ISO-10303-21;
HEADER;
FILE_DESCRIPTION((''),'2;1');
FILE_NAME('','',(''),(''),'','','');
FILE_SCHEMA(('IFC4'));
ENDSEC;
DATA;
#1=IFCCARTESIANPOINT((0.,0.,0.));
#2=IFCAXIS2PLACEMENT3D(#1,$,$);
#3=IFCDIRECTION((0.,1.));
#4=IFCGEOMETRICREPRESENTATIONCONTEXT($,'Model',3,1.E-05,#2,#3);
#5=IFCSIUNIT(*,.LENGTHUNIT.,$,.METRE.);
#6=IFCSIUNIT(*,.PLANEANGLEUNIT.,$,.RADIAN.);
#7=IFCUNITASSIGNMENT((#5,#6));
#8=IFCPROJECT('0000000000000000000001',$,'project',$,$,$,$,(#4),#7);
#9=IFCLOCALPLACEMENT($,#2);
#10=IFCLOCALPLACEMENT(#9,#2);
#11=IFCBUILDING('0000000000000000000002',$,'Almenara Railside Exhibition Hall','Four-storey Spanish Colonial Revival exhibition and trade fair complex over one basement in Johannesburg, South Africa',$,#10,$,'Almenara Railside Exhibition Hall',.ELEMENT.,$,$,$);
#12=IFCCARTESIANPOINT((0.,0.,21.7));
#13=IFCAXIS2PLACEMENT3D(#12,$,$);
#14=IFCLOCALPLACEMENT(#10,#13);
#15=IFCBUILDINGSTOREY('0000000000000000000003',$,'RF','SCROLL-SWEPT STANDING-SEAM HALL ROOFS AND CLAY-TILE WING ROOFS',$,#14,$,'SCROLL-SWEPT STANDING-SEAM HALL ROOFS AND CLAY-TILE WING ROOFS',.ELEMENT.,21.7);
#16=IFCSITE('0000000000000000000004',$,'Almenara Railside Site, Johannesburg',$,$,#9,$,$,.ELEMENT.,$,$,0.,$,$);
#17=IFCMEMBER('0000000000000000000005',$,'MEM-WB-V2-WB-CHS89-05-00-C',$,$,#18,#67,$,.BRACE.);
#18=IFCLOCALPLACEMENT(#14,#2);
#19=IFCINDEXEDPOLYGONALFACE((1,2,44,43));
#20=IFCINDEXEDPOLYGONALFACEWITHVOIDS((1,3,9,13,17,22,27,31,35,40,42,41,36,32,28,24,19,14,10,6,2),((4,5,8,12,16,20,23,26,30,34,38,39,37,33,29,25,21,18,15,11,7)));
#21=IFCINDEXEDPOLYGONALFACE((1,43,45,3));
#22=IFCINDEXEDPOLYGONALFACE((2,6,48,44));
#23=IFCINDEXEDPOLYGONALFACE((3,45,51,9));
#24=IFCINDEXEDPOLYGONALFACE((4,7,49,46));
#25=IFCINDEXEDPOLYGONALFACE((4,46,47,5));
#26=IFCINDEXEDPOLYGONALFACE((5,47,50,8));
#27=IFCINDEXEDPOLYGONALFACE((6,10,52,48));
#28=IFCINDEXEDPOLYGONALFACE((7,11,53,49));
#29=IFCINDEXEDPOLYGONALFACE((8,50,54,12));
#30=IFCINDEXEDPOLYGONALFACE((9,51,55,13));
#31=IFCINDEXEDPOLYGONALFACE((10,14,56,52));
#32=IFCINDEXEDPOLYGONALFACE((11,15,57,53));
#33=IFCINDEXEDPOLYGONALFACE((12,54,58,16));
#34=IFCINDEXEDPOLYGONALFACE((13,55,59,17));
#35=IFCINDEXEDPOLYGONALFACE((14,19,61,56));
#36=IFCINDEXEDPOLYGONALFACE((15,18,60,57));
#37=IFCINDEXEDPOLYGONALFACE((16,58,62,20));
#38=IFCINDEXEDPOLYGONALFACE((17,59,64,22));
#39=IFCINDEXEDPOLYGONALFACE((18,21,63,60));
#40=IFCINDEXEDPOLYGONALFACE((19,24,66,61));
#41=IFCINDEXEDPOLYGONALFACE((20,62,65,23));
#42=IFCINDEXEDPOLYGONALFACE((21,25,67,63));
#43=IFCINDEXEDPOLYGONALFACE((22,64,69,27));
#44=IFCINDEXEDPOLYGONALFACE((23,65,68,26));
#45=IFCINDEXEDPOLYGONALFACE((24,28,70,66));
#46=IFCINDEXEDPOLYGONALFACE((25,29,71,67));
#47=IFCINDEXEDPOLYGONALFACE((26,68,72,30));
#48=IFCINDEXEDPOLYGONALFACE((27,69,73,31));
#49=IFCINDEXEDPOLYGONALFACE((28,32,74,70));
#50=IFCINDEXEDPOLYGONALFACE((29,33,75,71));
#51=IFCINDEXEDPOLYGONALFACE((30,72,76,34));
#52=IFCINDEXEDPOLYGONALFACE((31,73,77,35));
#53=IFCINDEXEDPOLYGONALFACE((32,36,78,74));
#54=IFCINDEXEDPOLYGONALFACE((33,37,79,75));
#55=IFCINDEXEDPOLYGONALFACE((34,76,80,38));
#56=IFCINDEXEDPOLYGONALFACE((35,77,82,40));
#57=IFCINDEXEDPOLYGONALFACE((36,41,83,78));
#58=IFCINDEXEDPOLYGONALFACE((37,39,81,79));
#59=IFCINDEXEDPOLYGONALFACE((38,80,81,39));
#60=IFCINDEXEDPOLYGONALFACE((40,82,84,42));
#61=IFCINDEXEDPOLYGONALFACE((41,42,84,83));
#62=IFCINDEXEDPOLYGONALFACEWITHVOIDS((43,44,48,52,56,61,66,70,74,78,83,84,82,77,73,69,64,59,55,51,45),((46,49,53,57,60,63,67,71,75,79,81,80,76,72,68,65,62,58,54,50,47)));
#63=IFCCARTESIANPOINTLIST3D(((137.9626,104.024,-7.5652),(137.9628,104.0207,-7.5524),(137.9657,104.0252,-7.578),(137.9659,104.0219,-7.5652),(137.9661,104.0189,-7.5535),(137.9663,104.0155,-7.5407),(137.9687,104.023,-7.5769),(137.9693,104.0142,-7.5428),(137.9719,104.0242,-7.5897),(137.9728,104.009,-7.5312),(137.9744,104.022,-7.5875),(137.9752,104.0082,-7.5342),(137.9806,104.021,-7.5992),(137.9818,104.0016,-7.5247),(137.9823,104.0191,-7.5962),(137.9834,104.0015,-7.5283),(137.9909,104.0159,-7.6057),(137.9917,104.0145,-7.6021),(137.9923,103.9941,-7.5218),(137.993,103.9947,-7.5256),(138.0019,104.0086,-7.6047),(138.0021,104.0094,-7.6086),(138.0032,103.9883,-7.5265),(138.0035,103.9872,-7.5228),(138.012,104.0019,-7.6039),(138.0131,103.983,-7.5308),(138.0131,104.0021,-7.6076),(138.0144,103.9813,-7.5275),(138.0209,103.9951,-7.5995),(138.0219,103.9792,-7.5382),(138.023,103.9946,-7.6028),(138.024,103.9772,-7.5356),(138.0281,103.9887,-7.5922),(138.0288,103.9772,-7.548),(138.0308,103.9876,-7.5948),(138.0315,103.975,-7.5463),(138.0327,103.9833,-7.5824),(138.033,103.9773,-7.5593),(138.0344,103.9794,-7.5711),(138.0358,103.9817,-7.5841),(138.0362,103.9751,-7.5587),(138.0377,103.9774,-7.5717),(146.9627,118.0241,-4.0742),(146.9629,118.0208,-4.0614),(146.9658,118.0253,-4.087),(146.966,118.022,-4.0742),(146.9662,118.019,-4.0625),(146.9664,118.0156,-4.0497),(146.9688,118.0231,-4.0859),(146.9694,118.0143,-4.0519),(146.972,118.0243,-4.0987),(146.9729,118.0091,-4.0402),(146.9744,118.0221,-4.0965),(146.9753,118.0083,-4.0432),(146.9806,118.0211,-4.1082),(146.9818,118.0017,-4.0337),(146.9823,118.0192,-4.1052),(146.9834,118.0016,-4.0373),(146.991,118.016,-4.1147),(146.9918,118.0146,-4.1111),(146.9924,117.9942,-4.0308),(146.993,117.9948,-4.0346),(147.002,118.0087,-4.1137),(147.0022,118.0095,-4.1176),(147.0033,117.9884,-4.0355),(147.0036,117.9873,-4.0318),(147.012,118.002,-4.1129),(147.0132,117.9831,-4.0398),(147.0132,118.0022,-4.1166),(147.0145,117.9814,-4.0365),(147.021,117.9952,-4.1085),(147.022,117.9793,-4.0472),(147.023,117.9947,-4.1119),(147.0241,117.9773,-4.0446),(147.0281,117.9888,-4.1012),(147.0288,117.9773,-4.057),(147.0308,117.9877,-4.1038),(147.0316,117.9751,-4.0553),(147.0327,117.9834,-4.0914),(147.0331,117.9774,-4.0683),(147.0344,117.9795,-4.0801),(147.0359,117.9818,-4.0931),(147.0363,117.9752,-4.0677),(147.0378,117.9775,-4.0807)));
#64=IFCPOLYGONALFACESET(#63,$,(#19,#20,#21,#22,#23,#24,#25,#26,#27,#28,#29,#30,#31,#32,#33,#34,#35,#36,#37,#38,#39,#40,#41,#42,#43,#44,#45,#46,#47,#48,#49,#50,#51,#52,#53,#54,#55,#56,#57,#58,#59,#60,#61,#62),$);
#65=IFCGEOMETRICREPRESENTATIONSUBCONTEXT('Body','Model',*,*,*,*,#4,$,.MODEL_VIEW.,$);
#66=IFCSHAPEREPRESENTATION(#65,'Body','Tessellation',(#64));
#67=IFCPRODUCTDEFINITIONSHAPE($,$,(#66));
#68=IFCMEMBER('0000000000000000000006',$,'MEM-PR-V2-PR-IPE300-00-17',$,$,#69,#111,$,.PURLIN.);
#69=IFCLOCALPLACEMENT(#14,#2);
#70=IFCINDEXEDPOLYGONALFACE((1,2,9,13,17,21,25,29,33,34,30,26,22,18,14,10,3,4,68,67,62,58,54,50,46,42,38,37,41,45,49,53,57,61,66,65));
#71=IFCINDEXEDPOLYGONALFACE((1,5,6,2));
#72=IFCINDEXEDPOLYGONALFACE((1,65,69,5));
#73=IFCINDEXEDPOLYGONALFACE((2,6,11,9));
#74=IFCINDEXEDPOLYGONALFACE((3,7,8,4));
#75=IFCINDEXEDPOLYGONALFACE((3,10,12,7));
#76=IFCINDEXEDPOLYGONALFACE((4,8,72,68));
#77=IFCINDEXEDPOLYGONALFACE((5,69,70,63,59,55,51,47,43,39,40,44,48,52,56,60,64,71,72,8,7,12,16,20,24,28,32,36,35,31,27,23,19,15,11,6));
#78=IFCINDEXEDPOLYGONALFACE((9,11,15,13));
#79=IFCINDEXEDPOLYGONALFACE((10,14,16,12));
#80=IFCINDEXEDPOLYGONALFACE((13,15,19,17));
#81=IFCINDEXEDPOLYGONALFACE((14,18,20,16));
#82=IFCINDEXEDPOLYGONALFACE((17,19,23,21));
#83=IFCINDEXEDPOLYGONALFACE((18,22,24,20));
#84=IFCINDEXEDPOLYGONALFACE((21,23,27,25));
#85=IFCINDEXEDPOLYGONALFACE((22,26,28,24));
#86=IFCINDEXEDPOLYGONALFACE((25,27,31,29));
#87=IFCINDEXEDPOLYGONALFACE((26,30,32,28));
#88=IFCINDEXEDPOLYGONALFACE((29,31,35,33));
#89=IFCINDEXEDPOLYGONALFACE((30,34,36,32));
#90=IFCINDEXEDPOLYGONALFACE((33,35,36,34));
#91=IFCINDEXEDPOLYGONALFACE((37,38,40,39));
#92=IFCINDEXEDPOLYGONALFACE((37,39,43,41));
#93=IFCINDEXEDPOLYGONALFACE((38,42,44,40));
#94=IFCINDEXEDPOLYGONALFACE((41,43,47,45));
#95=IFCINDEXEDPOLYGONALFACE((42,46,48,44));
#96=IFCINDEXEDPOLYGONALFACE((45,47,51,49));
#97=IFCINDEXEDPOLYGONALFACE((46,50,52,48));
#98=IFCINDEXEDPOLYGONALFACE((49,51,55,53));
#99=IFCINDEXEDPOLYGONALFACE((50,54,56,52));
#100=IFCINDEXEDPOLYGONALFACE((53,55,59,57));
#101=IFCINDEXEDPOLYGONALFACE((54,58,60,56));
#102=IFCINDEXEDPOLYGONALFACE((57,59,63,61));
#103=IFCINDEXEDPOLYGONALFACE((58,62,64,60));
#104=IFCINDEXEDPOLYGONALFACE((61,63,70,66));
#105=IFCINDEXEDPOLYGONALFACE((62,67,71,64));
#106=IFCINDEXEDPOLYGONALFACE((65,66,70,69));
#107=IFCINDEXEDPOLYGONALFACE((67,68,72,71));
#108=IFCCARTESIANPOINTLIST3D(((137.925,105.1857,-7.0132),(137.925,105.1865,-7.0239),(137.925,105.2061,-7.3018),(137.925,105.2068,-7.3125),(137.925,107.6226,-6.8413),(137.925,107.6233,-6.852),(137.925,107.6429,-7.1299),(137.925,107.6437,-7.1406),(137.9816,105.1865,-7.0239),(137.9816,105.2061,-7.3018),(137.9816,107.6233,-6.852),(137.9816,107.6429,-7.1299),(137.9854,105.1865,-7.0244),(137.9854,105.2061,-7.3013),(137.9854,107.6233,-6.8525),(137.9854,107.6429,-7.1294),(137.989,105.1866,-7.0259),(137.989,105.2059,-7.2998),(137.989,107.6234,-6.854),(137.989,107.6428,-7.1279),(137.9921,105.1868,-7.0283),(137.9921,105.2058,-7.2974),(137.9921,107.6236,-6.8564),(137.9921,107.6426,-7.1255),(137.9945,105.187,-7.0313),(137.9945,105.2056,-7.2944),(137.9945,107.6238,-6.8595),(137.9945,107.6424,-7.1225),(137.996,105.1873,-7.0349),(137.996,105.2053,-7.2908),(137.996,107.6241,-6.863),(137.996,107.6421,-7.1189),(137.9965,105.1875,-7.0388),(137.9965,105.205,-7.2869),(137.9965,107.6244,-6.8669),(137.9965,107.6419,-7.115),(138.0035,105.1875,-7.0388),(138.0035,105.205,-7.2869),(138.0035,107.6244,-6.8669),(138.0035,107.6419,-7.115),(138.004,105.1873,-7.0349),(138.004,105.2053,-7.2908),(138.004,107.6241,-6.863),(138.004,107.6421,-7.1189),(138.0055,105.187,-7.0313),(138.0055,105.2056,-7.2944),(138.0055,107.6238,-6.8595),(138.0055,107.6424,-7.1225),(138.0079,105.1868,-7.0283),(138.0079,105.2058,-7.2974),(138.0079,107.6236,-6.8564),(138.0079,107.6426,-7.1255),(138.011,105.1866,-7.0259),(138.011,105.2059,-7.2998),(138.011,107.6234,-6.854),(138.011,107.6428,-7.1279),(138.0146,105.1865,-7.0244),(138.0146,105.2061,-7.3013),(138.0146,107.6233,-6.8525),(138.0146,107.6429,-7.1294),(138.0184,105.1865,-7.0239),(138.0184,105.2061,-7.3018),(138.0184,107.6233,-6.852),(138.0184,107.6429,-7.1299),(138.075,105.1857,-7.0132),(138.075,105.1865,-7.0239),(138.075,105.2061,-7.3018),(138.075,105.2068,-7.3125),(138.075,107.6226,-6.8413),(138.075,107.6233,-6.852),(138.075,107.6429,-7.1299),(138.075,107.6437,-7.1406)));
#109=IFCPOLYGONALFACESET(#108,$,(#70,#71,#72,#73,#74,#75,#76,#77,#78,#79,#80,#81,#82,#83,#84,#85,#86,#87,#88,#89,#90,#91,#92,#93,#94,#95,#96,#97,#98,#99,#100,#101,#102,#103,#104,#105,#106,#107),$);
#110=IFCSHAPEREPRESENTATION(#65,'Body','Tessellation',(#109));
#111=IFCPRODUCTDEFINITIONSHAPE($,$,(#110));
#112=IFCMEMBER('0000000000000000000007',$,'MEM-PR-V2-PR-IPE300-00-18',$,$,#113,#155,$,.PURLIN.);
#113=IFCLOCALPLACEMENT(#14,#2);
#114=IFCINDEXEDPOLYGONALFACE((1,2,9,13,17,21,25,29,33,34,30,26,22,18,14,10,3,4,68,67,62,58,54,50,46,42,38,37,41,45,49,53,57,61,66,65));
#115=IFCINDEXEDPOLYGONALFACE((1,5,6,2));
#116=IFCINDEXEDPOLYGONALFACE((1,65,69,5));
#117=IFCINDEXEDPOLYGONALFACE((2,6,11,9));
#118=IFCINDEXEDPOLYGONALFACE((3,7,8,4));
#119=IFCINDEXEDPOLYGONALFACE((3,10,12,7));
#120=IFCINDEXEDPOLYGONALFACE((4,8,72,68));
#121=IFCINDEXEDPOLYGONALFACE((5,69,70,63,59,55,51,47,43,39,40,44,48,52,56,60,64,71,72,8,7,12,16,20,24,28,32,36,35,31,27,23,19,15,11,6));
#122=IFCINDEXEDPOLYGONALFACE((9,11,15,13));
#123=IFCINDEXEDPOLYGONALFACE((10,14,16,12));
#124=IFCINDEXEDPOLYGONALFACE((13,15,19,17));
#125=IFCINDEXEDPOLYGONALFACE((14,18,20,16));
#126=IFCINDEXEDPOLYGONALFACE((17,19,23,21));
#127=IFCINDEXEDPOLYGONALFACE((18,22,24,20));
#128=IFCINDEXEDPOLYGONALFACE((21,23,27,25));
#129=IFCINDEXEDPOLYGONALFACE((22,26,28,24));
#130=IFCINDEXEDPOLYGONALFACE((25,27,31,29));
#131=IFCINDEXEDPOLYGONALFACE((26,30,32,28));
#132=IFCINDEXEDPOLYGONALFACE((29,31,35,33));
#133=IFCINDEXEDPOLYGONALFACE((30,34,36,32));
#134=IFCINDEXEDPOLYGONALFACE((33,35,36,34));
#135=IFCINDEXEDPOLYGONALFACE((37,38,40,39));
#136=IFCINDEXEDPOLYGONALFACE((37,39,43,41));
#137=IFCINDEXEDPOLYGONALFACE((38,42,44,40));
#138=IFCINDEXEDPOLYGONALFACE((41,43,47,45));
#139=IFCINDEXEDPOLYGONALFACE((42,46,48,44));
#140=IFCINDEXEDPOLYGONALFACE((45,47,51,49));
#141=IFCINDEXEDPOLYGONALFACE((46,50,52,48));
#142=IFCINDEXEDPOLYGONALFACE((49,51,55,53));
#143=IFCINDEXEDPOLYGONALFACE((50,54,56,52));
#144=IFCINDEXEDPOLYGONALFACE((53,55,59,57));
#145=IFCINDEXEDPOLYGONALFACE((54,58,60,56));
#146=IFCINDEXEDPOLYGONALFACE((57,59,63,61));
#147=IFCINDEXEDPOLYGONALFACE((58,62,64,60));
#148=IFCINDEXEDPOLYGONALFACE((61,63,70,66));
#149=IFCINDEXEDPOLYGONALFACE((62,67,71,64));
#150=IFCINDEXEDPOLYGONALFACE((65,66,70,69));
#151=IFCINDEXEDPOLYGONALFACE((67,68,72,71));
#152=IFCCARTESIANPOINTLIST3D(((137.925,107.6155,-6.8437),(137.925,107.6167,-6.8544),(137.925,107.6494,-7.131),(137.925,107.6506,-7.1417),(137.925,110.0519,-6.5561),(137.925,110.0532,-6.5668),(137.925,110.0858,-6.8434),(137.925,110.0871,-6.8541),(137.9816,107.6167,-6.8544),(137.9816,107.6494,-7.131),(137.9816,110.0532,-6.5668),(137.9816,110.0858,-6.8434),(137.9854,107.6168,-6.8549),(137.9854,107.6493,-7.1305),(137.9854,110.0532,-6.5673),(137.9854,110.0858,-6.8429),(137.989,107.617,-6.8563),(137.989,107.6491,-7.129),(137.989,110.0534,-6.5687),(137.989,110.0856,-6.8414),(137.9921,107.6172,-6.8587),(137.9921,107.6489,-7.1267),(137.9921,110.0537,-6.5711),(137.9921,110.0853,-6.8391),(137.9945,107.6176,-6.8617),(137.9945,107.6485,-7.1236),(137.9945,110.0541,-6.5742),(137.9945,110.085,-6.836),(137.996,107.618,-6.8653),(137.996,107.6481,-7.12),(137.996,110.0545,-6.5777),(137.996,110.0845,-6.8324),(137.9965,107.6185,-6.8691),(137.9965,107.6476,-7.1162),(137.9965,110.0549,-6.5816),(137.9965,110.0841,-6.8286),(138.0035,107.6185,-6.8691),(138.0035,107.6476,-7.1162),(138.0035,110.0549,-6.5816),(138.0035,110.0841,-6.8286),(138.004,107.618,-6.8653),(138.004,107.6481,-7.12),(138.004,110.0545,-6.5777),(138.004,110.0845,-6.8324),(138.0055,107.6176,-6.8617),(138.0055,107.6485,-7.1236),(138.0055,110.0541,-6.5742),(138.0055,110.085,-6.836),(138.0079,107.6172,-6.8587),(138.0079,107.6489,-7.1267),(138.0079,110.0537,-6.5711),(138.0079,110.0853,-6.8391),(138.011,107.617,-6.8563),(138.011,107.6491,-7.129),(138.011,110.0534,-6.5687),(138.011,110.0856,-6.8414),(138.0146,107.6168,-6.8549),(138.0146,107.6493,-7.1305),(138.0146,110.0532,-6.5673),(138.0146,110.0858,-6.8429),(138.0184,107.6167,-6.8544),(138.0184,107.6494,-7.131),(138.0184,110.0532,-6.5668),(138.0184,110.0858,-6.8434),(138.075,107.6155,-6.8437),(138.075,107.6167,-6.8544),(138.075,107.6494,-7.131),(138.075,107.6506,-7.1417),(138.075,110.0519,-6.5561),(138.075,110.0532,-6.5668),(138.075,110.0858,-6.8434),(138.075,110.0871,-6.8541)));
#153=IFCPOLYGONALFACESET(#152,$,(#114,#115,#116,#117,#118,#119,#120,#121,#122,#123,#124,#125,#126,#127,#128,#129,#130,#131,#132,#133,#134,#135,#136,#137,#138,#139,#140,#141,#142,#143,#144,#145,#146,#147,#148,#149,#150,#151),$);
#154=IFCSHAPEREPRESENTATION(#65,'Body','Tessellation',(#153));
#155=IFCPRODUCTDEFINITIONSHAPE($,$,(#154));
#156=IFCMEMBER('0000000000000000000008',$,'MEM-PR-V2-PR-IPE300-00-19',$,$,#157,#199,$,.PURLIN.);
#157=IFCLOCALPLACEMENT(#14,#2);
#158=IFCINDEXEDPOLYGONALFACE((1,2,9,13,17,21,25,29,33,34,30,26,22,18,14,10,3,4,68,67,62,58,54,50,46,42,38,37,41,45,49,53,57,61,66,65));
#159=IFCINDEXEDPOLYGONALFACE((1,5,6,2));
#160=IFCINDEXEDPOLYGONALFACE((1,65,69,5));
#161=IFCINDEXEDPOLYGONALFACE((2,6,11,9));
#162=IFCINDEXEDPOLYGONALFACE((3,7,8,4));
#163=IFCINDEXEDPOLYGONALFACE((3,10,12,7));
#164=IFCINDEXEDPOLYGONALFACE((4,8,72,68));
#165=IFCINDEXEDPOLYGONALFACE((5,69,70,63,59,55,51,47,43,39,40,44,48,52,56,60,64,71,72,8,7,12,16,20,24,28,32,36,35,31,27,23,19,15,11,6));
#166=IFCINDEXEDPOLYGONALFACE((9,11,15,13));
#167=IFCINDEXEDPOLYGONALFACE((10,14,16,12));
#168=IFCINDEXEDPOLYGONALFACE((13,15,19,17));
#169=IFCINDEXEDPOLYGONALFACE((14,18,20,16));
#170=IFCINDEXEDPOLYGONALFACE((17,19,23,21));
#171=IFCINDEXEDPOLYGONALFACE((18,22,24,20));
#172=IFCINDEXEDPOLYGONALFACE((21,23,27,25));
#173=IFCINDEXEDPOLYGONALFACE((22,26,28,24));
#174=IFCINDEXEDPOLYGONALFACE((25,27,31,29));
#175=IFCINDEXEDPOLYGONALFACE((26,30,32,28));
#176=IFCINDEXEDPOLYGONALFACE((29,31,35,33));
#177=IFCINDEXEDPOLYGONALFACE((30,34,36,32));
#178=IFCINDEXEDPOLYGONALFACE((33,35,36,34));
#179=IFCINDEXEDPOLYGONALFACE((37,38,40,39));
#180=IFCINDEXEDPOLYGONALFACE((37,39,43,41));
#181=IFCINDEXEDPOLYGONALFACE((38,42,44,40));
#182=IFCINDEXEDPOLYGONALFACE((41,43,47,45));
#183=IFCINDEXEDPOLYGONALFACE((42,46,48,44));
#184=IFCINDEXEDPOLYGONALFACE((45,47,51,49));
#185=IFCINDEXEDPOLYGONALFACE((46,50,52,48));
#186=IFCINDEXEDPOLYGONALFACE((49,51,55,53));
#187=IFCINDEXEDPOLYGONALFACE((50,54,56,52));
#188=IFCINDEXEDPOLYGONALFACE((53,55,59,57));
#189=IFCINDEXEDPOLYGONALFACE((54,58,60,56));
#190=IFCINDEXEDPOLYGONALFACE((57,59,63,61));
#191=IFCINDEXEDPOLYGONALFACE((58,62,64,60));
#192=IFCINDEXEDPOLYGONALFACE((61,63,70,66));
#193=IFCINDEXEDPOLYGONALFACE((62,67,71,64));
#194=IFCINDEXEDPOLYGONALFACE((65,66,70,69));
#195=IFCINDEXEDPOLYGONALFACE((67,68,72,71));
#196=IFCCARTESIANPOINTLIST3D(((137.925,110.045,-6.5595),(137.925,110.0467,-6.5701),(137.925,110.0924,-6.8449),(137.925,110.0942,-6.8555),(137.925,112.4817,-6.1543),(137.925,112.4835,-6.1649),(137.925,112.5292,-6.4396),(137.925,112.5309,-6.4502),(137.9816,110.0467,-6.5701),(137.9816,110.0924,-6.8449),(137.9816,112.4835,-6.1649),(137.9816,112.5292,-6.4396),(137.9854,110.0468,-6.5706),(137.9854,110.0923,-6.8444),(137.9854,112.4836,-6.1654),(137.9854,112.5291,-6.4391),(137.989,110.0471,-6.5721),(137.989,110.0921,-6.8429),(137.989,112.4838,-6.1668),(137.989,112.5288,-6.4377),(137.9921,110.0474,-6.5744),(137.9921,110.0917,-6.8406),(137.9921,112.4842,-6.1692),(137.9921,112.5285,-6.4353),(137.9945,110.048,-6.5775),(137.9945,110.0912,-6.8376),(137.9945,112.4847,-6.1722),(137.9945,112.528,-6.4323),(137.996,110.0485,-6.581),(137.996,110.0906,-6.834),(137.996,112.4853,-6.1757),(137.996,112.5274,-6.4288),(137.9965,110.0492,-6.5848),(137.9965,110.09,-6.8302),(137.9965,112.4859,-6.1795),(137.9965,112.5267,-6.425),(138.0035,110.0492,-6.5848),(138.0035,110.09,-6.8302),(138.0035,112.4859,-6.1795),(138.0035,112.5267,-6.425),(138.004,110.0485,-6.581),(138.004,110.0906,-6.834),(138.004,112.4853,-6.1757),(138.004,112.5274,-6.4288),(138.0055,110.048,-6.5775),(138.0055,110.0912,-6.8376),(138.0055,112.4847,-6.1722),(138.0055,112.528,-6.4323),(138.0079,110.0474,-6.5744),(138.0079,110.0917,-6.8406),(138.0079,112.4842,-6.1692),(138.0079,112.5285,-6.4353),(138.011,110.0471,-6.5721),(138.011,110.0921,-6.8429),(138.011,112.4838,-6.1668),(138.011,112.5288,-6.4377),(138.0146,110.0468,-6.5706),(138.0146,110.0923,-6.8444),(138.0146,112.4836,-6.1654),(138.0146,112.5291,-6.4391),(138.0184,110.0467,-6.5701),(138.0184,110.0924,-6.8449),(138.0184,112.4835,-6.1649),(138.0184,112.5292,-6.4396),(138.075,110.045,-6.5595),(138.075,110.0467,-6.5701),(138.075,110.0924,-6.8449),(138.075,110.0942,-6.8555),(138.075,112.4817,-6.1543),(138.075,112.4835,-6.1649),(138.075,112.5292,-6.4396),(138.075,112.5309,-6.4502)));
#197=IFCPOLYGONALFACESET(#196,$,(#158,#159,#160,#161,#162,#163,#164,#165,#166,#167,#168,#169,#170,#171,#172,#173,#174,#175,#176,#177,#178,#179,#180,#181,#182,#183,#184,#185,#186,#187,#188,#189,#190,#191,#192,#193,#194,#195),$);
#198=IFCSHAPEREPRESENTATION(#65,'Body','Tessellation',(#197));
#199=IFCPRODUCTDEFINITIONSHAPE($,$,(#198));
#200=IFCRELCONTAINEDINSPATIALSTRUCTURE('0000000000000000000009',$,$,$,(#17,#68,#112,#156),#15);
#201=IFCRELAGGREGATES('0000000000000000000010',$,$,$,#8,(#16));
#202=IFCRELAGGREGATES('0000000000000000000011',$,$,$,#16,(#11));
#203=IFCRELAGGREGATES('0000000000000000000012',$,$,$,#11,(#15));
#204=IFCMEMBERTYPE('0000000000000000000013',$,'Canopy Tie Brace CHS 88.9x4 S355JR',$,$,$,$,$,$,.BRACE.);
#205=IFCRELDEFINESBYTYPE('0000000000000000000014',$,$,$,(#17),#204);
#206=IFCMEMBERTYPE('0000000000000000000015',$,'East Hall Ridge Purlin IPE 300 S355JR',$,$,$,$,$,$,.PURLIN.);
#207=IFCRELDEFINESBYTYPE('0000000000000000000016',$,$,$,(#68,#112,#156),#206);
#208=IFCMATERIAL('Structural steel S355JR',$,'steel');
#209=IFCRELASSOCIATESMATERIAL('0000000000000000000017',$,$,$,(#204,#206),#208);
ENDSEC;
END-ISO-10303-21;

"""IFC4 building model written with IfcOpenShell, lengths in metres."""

from ifc_helpers import new_model, si_unit, direction, frame, origin, origin_2d, place, context, subcontext, project, spatial, hollow_circle, i_section, extrude, material, material_profile, profile_set, type_object, element, save


model = new_model("IFC4")

# Units and contexts
model_context = context("Model", 3, precision=1e-05, world=origin(), true_north=direction((0.0, 1.0)))
body_context = subcontext(model_context, "Body", "Model", "MODEL_VIEW")
ifc_project = project(units=[si_unit("LENGTHUNIT", "METRE"), si_unit("PLANEANGLEUNIT", "RADIAN")], contexts=[model_context])

# Site, building, storey
site_placement = place(None, origin())
site = spatial("IfcSite", under=ifc_project, at=site_placement, Name="Almenara Railside Site, Johannesburg", CompositionType="ELEMENT", RefElevation=0.0)
building_placement = place(site_placement, origin())
building = spatial("IfcBuilding", under=site, at=building_placement, Name="Almenara Railside Exhibition Hall", Description="Four-storey Spanish Colonial Revival exhibition and trade fair complex over one basement in Johannesburg, South Africa", LongName="Almenara Railside Exhibition Hall", CompositionType="ELEMENT")
storey_placement = place(building_placement, frame((0.0, 0.0, 21.7)))
storey = spatial("IfcBuildingStorey", under=building, at=storey_placement, Name="RF", Description="SCROLL-SWEPT STANDING-SEAM HALL ROOFS AND CLAY-TILE WING ROOFS", LongName="SCROLL-SWEPT STANDING-SEAM HALL ROOFS AND CLAY-TILE WING ROOFS", CompositionType="ELEMENT", Elevation=21.7)

# Shared definitions
ifc_material_1 = material(Name="Structural steel S355JR", Category="steel")

# Members
ifc_material_profile_1 = material_profile(ifc_material_1, hollow_circle(Radius=0.0444, WallThickness=0.0039, at=origin_2d()), Name="CHS 88.9x4")
ifc_profile_set_1 = profile_set([ifc_material_profile_1], Name="Structural steel S355JR")
member_type_1 = type_object("IfcMemberType", Name="Canopy Tie Brace CHS 88.9x4 S355JR", PredefinedType="BRACE", material=ifc_profile_set_1)
member_1_placement = place(storey_placement, frame((138.0, 104.0, -7.5652), z_axis=(0.529241, 0.823263, 0.205285), x_axis=(-0.841178, 0.540758, 0.0)))
element("IfcMember", 1, at=member_1_placement, inside=storey, type_object=member_type_1, Name="MEM-WB-V2-WB-CHS89-05-00-C", PredefinedType="BRACE", context=body_context, shape_type="SweptSolid", body=[
    extrude(hollow_circle(Radius=0.0444, WallThickness=0.0039, at=origin_2d()), origin(), (0.0, 0.0, 1.0), 17.0056),
])
ifc_material_profile_2 = material_profile(ifc_material_1, i_section(OverallWidth=0.1499, OverallDepth=0.3, WebThickness=0.0071, FlangeThickness=0.0107, FilletRadius=0.0149, at=origin_2d()), Name="IPE 300")
ifc_profile_set_2 = profile_set([ifc_material_profile_2], Name="Structural steel S355JR")
member_type_2 = type_object("IfcMemberType", Name="East Hall Ridge Purlin IPE 300 S355JR", PredefinedType="PURLIN", material=ifc_profile_set_2)
member_2_placement = place(storey_placement, frame((138.0, 105.1963, -7.1628), z_axis=(0.0, 0.997522, 0.070359), x_axis=(-1.0, 0.0, 0.0)))
element("IfcMember", 2, at=member_2_placement, inside=storey, type_object=member_type_2, Name="MEM-PR-V2-PR-IPE300-00-17", PredefinedType="PURLIN", context=body_context, shape_type="SweptSolid", body=[
    extrude(i_section(OverallWidth=0.1499, OverallDepth=0.3, WebThickness=0.0071, FlangeThickness=0.0107, FilletRadius=0.0149, at=origin_2d()), origin(), (0.0, 0.0, 1.0), 2.4429),
])
member_3_placement = place(storey_placement, frame((138.0, 107.6331, -6.9927), z_axis=(0.0, 0.993106, 0.117222), x_axis=(-1.0, 0.0, 0.0)))
element("IfcMember", 3, at=member_3_placement, inside=storey, type_object=member_type_2, Name="MEM-PR-V2-PR-IPE300-00-18", PredefinedType="PURLIN", context=body_context, shape_type="SweptSolid", body=[
    extrude(i_section(OverallWidth=0.1499, OverallDepth=0.3, WebThickness=0.0071, FlangeThickness=0.0107, FilletRadius=0.0149, at=origin_2d()), origin(), (0.0, 0.0, 1.0), 2.4534),
])
member_4_placement = place(storey_placement, frame((138.0, 110.0696, -6.7075), z_axis=(0.0, 0.98645, 0.164062), x_axis=(-1.0, 0.0, 0.0)))
element("IfcMember", 4, at=member_4_placement, inside=storey, type_object=member_type_2, Name="MEM-PR-V2-PR-IPE300-00-19", PredefinedType="PURLIN", context=body_context, shape_type="SweptSolid", body=[
    extrude(i_section(OverallWidth=0.1499, OverallDepth=0.3, WebThickness=0.0071, FlangeThickness=0.0107, FilletRadius=0.0149, at=origin_2d()), origin(), (0.0, 0.0, 1.0), 2.4702),
])

save(model, "model.ifc")
